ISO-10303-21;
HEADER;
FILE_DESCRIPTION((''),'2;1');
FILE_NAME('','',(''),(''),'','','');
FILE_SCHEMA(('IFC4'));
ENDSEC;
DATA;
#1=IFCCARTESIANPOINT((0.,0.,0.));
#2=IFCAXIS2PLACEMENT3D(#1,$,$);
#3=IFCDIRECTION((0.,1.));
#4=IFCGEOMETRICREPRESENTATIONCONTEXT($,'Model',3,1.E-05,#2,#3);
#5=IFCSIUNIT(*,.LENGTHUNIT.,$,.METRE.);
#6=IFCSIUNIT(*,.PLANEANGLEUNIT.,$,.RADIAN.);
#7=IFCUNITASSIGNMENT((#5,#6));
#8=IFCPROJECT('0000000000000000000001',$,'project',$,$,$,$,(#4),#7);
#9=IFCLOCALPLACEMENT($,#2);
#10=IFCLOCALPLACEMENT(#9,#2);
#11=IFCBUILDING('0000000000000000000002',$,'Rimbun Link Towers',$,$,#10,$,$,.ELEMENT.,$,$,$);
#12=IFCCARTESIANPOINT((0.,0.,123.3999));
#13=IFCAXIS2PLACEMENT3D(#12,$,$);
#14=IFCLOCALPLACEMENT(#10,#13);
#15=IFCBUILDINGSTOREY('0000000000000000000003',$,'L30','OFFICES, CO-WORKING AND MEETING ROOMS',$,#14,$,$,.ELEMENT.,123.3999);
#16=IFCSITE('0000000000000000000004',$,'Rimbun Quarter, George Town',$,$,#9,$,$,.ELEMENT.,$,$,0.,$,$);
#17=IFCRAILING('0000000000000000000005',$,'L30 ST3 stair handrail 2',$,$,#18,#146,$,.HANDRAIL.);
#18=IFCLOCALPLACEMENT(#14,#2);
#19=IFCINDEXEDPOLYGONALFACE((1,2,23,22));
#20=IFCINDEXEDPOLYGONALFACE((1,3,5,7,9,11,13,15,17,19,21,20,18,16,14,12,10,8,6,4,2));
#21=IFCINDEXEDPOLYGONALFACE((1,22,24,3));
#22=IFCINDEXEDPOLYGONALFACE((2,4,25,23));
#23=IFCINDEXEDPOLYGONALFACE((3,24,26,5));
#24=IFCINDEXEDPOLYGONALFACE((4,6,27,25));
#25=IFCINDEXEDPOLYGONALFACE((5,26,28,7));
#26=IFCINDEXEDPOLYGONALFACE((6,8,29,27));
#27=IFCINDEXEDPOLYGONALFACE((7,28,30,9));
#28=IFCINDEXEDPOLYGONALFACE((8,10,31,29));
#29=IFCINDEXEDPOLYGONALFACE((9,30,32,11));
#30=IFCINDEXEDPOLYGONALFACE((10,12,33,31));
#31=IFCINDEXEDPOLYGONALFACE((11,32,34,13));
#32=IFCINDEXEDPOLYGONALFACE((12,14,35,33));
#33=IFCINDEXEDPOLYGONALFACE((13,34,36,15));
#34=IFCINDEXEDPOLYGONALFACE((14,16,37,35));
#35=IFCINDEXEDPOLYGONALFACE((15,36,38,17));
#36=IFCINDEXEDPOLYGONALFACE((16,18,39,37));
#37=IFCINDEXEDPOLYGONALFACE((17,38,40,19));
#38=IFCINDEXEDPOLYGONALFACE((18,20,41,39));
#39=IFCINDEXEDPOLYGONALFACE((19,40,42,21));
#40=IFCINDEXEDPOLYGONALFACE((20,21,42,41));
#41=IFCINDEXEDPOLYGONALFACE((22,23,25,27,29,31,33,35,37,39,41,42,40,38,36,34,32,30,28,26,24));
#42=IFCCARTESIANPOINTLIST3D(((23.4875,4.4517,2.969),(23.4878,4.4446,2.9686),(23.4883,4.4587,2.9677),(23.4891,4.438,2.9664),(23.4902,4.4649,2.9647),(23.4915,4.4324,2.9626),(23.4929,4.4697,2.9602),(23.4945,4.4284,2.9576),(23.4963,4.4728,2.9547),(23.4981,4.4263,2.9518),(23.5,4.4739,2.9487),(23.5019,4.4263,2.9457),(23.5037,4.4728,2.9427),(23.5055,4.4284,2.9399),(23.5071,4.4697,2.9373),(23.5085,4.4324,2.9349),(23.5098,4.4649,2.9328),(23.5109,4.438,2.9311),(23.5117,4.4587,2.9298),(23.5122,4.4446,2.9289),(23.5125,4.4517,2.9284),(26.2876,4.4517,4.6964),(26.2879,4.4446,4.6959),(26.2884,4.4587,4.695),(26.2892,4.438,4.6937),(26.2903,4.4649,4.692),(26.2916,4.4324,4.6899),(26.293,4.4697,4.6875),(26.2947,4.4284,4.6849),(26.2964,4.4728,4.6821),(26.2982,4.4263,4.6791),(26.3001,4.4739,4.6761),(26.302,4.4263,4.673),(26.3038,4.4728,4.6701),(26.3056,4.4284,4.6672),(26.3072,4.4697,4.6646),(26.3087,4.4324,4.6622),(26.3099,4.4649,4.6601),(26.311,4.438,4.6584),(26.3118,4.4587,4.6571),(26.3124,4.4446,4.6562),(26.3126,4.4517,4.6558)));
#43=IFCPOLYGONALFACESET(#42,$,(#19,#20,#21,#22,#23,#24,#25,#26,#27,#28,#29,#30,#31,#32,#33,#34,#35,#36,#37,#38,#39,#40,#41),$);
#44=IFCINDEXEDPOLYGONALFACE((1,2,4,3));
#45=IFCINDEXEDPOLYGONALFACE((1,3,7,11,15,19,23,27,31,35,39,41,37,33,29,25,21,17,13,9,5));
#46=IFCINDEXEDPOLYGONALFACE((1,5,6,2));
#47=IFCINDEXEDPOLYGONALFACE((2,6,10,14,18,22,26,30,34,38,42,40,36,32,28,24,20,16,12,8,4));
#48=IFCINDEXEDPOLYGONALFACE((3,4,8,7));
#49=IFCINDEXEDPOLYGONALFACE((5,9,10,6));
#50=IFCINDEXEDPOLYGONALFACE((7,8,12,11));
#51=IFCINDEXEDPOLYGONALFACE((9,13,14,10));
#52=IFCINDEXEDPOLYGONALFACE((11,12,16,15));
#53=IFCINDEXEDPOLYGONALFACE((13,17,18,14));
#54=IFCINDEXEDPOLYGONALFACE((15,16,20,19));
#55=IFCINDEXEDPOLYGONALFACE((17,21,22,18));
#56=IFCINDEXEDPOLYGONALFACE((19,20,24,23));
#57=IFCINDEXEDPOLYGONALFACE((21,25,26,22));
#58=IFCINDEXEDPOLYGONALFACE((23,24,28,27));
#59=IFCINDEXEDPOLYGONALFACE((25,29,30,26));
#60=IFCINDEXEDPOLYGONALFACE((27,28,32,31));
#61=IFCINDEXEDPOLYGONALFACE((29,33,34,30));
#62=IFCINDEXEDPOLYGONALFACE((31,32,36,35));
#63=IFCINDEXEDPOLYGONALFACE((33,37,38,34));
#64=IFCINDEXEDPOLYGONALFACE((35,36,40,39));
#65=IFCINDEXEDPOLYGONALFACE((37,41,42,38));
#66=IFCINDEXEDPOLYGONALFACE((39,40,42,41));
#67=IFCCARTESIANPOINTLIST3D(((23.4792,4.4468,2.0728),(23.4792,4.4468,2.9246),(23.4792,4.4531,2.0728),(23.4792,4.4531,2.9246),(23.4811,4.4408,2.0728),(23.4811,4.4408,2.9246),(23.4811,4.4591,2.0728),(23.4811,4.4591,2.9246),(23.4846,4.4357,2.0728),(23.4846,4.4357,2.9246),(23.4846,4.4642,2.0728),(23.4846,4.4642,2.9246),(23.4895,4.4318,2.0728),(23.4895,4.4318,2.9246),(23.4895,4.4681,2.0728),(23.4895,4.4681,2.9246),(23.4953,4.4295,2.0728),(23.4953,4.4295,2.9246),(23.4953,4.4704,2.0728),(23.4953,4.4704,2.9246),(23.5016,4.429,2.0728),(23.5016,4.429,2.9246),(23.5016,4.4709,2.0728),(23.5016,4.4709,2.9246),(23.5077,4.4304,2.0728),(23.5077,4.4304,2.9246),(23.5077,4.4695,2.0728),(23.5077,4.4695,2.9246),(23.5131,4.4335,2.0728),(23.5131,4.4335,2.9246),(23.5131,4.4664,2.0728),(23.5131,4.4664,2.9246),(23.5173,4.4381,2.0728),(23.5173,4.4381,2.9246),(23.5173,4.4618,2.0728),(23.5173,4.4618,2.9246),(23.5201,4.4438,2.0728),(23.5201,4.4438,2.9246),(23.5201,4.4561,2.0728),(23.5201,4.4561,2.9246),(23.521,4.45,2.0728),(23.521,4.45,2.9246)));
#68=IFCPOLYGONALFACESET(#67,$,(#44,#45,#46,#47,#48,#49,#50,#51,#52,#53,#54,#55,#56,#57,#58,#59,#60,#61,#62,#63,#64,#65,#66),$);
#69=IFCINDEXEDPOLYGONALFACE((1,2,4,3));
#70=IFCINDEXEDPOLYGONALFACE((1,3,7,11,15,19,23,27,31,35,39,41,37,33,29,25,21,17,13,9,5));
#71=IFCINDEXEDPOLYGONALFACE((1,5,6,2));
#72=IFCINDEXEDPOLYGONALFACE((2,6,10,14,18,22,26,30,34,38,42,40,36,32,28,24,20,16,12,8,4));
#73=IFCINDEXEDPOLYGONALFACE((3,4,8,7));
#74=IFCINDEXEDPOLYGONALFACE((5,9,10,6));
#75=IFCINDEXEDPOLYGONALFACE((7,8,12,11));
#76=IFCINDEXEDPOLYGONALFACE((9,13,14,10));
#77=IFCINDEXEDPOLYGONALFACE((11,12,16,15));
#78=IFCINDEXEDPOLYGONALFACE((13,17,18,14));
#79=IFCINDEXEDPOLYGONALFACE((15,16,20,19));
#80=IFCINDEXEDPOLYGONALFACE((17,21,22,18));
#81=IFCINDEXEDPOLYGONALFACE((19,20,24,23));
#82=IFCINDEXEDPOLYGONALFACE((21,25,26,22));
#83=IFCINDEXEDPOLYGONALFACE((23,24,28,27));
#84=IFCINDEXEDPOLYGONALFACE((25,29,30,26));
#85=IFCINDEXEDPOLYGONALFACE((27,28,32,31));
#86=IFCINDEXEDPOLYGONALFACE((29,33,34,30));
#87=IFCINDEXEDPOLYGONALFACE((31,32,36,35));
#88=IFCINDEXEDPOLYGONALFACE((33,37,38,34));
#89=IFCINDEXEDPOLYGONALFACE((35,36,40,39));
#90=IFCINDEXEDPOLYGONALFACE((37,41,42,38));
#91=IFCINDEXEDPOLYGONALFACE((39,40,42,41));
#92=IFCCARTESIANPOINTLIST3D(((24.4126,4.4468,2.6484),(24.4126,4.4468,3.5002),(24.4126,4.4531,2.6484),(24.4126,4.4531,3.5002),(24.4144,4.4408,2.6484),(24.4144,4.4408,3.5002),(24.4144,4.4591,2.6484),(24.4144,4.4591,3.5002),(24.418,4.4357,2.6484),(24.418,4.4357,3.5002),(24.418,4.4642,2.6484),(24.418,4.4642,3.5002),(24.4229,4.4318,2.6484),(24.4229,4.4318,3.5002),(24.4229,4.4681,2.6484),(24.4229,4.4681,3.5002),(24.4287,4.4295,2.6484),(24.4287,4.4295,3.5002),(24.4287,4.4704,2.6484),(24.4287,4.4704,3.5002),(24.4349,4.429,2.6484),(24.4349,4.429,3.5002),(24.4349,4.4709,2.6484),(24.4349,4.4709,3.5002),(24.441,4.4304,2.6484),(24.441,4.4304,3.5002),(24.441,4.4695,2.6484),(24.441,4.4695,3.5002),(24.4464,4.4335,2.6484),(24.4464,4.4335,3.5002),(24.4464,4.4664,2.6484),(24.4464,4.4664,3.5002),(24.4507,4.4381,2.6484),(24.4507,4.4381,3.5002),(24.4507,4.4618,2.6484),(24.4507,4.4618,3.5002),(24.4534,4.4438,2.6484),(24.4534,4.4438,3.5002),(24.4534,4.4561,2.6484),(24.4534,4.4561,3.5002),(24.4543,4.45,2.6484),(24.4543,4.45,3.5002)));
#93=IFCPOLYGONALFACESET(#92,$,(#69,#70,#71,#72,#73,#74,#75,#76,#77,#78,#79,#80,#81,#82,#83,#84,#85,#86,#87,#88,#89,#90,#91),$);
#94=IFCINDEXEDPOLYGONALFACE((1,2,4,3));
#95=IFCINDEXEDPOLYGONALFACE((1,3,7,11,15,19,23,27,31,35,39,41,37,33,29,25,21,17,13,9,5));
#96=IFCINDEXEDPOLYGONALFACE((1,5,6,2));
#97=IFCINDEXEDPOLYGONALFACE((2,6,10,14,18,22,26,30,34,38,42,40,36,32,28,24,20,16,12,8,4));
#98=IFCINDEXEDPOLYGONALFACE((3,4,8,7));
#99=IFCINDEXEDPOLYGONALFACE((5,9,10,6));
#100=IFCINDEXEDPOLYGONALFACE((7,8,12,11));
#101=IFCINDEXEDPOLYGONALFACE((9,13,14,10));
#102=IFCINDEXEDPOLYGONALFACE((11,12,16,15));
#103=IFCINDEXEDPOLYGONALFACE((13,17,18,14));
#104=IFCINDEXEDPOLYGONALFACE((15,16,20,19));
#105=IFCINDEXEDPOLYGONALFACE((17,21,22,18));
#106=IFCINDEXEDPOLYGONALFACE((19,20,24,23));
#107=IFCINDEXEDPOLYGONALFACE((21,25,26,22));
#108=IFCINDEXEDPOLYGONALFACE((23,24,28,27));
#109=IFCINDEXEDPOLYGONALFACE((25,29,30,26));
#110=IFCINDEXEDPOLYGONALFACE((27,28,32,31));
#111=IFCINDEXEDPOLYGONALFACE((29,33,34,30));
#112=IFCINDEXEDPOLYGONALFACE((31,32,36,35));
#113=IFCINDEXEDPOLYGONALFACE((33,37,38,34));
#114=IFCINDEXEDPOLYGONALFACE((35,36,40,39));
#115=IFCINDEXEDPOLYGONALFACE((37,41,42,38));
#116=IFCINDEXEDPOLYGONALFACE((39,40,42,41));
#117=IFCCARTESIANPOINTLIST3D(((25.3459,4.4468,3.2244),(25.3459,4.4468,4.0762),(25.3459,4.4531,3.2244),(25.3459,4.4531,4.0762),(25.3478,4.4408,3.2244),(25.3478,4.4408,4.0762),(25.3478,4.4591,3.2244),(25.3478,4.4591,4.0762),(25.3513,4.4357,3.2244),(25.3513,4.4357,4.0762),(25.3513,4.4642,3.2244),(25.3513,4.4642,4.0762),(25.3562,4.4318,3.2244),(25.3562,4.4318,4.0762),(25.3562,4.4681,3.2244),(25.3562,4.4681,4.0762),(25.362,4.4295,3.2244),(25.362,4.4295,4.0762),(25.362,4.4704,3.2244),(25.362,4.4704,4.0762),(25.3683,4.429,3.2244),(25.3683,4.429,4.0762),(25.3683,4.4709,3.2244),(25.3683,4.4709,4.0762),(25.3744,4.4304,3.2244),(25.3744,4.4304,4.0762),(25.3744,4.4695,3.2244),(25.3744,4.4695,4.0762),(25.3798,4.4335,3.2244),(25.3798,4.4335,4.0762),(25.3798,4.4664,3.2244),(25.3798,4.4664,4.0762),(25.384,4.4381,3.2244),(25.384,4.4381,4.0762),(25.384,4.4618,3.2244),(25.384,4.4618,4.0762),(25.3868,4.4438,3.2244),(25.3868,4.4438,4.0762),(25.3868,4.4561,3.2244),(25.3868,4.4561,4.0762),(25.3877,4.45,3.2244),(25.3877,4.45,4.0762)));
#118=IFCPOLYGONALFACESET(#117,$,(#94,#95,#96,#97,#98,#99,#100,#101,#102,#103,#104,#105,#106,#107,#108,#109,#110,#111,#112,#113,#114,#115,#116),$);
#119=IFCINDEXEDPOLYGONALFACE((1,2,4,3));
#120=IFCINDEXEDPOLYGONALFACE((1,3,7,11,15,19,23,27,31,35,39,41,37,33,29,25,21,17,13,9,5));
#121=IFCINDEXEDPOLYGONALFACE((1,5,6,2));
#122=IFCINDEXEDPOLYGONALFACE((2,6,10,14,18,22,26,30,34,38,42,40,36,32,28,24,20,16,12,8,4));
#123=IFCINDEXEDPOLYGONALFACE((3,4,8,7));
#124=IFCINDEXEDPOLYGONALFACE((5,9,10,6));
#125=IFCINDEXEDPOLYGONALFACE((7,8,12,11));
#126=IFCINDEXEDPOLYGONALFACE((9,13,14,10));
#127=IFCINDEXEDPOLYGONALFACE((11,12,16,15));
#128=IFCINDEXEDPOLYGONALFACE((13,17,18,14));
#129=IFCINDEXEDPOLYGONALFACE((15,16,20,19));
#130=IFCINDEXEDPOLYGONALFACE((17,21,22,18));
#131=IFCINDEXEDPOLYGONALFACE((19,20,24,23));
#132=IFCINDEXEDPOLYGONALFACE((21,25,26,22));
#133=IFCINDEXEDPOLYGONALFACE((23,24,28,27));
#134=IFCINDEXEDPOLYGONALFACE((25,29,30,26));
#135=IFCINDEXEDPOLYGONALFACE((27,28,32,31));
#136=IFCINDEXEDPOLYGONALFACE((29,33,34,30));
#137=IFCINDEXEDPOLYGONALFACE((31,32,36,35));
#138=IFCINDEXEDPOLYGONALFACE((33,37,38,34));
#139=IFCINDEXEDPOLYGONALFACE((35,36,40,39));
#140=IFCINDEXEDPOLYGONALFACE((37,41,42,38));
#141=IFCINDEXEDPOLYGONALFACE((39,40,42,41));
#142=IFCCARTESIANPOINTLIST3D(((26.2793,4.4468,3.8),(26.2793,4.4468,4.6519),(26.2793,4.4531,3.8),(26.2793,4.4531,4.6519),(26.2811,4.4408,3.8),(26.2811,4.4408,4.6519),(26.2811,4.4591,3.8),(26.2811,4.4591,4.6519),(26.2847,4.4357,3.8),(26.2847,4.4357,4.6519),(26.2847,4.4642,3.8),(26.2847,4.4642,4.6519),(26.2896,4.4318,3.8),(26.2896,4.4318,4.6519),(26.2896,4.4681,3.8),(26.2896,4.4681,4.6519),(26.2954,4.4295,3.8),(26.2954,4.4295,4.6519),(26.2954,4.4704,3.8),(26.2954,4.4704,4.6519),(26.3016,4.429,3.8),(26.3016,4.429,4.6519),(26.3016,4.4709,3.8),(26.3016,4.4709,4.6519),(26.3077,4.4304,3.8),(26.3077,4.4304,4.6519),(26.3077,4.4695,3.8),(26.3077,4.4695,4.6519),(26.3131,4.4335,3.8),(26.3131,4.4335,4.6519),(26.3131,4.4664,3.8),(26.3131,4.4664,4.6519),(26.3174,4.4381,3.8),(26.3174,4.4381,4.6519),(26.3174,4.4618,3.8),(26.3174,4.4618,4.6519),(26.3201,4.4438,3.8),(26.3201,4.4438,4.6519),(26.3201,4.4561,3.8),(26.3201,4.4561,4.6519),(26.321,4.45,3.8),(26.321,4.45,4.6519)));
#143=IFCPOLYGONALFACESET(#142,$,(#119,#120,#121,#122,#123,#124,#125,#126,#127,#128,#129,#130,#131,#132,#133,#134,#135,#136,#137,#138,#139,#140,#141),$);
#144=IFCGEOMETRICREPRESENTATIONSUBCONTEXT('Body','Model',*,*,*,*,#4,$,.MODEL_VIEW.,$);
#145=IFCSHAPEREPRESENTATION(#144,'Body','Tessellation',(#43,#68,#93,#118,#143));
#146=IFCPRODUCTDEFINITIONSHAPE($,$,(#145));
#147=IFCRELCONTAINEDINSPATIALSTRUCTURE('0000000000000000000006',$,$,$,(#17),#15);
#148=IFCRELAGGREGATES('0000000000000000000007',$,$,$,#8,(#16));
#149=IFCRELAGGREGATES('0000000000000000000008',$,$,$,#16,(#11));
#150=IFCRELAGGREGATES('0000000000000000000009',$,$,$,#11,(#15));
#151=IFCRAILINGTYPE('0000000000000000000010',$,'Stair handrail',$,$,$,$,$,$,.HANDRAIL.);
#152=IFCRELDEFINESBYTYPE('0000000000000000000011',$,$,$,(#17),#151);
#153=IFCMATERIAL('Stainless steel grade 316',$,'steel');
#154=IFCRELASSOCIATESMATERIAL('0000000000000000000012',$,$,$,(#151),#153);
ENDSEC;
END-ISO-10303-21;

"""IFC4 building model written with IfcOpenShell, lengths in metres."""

from ifc_helpers import new_model, si_unit, direction, frame, origin, origin_2d, place, context, subcontext, project, spatial, circle, extrude, material, type_object, element, save


model = new_model("IFC4")

# Units and contexts
model_context = context("Model", 3, precision=1e-05, world=origin(), true_north=direction((0.0, 1.0)))
body_context = subcontext(model_context, "Body", "Model", "MODEL_VIEW")
ifc_project = project(units=[si_unit("LENGTHUNIT", "METRE"), si_unit("PLANEANGLEUNIT", "RADIAN")], contexts=[model_context])

# Site, building, storey
site_placement = place(None, origin())
site = spatial("IfcSite", under=ifc_project, at=site_placement, Name="Rimbun Quarter, George Town", CompositionType="ELEMENT", RefElevation=0.0)
building_placement = place(site_placement, origin())
building = spatial("IfcBuilding", under=site, at=building_placement, Name="Rimbun Link Towers", CompositionType="ELEMENT")
storey_placement = place(building_placement, frame((0.0, 0.0, 123.3999)))
storey = spatial("IfcBuildingStorey", under=building, at=storey_placement, Name="L30", Description="OFFICES, CO-WORKING AND MEETING ROOMS", CompositionType="ELEMENT", Elevation=123.3999)

# Railing
ifc_material_1 = material(Name="Stainless steel grade 316", Category="steel")
railing_type_1 = type_object("IfcRailingType", Name="Stair handrail", PredefinedType="HANDRAIL", material=ifc_material_1)
railing_1_placement = place(storey_placement, frame((23.5, 4.45, 2.0728)))
element("IfcRailing", 1, at=railing_1_placement, inside=storey, type_object=railing_type_1, Name="L30 ST3 stair handrail 2", PredefinedType="HANDRAIL", context=body_context, shape_type="SweptSolid", body=[
    extrude(circle(Radius=0.0239, at=origin_2d()), frame((0.0, 0.0, 0.876), z_axis=(0.85109, 0.0, 0.52502), x_axis=(0.0, 1.0, 0.0)), (0.0, 0.0, 1.0), 3.29),
    extrude(circle(Radius=0.021, at=origin_2d()), origin(), (0.0, 0.0, 1.0), 0.8518),
    extrude(circle(Radius=0.021, at=origin_2d()), frame((0.9333, 0.0, 0.5757)), (0.0, 0.0, 1.0), 0.8518),
    extrude(circle(Radius=0.021, at=origin_2d()), frame((1.8667, 0.0, 1.1516)), (0.0, 0.0, 1.0), 0.8518),
    extrude(circle(Radius=0.021, at=origin_2d()), frame((2.8, 0.0, 1.7273)), (0.0, 0.0, 1.0), 0.8518),
])

save(model, "model.ifc")
